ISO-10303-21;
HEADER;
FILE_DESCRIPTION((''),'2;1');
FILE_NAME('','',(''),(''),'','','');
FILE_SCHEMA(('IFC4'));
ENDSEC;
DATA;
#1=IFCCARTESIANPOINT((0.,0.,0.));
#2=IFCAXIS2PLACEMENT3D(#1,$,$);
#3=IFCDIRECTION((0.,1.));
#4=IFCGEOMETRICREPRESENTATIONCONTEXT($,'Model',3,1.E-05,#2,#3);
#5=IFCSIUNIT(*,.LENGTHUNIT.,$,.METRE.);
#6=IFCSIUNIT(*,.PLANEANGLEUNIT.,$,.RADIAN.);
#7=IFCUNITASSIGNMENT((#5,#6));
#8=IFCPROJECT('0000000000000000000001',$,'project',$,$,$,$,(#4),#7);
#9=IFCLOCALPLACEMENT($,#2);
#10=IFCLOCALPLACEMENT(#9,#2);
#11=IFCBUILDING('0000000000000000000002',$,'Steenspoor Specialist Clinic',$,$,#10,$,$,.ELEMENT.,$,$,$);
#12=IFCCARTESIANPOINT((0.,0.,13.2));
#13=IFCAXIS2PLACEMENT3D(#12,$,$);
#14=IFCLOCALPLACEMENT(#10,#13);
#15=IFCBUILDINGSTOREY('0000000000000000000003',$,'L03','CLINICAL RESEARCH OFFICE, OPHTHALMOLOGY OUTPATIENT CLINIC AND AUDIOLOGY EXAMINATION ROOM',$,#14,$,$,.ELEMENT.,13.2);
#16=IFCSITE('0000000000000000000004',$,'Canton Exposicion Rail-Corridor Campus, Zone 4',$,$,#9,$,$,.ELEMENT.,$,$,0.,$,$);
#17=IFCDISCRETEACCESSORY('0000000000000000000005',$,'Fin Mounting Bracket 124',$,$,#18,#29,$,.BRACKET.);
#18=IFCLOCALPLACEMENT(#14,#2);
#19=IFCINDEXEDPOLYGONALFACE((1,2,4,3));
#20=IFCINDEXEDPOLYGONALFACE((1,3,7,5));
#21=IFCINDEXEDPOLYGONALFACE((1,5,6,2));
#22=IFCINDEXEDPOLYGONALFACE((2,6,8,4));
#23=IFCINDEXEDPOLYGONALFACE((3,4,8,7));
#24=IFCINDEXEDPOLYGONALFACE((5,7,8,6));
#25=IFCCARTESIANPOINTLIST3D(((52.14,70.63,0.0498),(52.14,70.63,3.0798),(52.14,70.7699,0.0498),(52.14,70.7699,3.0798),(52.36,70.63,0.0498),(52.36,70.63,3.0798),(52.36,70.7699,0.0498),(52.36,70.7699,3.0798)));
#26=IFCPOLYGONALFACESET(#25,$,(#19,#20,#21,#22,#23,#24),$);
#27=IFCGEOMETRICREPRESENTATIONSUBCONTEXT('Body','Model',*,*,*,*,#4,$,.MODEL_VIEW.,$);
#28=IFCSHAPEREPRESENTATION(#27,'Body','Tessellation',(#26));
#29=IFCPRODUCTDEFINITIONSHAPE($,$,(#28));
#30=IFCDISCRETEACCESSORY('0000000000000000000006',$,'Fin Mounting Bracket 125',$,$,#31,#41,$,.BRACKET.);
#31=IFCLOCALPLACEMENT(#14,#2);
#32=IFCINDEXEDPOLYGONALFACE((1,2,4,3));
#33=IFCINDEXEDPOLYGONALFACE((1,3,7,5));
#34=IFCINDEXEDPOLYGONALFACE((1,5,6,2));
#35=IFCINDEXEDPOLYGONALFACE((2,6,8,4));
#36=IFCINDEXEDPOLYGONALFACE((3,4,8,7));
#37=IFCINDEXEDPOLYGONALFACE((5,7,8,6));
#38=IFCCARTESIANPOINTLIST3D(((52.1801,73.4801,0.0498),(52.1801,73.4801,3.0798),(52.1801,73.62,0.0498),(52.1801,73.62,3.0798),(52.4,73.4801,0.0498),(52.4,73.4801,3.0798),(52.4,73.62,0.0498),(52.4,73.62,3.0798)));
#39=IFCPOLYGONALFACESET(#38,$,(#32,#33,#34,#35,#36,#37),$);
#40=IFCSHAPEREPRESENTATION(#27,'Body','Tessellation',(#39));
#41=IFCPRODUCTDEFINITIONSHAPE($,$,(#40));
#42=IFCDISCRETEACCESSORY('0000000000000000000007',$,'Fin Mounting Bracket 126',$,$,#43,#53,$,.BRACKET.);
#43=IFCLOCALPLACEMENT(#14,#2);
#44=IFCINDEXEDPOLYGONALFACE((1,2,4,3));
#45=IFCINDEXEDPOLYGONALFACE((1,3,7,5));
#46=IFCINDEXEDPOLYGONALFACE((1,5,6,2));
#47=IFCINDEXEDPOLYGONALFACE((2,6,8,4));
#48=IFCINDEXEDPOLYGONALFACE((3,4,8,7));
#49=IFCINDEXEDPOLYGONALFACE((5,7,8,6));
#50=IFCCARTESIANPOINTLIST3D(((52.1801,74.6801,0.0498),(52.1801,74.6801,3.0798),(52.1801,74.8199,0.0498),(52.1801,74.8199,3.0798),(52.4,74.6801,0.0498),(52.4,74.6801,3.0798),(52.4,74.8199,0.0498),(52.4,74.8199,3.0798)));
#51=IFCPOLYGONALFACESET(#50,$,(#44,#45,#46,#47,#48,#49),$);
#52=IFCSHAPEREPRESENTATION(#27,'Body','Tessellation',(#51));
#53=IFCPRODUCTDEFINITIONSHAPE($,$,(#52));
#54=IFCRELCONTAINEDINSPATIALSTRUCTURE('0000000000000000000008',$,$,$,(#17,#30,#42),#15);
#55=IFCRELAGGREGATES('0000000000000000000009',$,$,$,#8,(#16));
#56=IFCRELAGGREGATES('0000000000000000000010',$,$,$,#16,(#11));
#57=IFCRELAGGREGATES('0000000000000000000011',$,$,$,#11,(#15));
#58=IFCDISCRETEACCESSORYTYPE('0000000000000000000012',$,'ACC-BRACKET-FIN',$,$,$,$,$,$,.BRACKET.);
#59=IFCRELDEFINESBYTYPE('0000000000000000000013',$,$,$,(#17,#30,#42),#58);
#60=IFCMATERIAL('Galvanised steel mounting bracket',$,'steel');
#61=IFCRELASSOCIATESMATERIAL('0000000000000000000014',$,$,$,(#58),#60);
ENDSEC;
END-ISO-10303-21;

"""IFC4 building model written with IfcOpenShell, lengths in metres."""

from ifc_helpers import new_model, si_unit, direction, frame, origin, origin_2d, place, context, subcontext, project, spatial, rectangle, extrude, material, type_object, element, save


model = new_model("IFC4")

# Units and contexts
model_context = context("Model", 3, precision=1e-05, world=origin(), true_north=direction((0.0, 1.0)))
body_context = subcontext(model_context, "Body", "Model", "MODEL_VIEW")
ifc_project = project(units=[si_unit("LENGTHUNIT", "METRE"), si_unit("PLANEANGLEUNIT", "RADIAN")], contexts=[model_context])

# Site, building, storey
site_placement = place(None, origin())
site = spatial("IfcSite", under=ifc_project, at=site_placement, Name="Canton Exposicion Rail-Corridor Campus, Zone 4", CompositionType="ELEMENT", RefElevation=0.0)
building_placement = place(site_placement, origin())
building = spatial("IfcBuilding", under=site, at=building_placement, Name="Steenspoor Specialist Clinic", CompositionType="ELEMENT")
storey_placement = place(building_placement, frame((0.0, 0.0, 13.2)))
storey = spatial("IfcBuildingStorey", under=building, at=storey_placement, Name="L03", Description="CLINICAL RESEARCH OFFICE, OPHTHALMOLOGY OUTPATIENT CLINIC AND AUDIOLOGY EXAMINATION ROOM", CompositionType="ELEMENT", Elevation=13.2)

# Discrete accessories
ifc_material_1 = material(Name="Galvanised steel mounting bracket", Category="steel")
discrete_accessory_type = type_object("IfcDiscreteAccessoryType", Name="ACC-BRACKET-FIN", PredefinedType="BRACKET", material=ifc_material_1)
for number, where, z_axis, x_axis, name in (
    (1, (52.25, 70.7, 0.0498), (0.0, 0.0, 1.0), (-1.0, 0.0, 0.0), "Fin Mounting Bracket 124"),
    (2, (52.29, 73.55, 0.0498), (0.0, 0.0, 1.0), (-1.0, 0.0, 0.0), "Fin Mounting Bracket 125"),
    (3, (52.29, 74.75, 0.0498), (0.0, 0.0, 1.0), (-1.0, 0.0, 0.0), "Fin Mounting Bracket 126"),
):
    element("IfcDiscreteAccessory", number, at=place(storey_placement, frame(where, z_axis=z_axis, x_axis=x_axis)), inside=storey, type_object=discrete_accessory_type, Name=name, PredefinedType="BRACKET", context=body_context, shape_type="SweptSolid", body=[
        extrude(rectangle(XDim=0.22, YDim=0.1399, at=origin_2d()), origin(), (0.0, 0.0, 1.0), 3.03),
    ])

save(model, "model.ifc")
